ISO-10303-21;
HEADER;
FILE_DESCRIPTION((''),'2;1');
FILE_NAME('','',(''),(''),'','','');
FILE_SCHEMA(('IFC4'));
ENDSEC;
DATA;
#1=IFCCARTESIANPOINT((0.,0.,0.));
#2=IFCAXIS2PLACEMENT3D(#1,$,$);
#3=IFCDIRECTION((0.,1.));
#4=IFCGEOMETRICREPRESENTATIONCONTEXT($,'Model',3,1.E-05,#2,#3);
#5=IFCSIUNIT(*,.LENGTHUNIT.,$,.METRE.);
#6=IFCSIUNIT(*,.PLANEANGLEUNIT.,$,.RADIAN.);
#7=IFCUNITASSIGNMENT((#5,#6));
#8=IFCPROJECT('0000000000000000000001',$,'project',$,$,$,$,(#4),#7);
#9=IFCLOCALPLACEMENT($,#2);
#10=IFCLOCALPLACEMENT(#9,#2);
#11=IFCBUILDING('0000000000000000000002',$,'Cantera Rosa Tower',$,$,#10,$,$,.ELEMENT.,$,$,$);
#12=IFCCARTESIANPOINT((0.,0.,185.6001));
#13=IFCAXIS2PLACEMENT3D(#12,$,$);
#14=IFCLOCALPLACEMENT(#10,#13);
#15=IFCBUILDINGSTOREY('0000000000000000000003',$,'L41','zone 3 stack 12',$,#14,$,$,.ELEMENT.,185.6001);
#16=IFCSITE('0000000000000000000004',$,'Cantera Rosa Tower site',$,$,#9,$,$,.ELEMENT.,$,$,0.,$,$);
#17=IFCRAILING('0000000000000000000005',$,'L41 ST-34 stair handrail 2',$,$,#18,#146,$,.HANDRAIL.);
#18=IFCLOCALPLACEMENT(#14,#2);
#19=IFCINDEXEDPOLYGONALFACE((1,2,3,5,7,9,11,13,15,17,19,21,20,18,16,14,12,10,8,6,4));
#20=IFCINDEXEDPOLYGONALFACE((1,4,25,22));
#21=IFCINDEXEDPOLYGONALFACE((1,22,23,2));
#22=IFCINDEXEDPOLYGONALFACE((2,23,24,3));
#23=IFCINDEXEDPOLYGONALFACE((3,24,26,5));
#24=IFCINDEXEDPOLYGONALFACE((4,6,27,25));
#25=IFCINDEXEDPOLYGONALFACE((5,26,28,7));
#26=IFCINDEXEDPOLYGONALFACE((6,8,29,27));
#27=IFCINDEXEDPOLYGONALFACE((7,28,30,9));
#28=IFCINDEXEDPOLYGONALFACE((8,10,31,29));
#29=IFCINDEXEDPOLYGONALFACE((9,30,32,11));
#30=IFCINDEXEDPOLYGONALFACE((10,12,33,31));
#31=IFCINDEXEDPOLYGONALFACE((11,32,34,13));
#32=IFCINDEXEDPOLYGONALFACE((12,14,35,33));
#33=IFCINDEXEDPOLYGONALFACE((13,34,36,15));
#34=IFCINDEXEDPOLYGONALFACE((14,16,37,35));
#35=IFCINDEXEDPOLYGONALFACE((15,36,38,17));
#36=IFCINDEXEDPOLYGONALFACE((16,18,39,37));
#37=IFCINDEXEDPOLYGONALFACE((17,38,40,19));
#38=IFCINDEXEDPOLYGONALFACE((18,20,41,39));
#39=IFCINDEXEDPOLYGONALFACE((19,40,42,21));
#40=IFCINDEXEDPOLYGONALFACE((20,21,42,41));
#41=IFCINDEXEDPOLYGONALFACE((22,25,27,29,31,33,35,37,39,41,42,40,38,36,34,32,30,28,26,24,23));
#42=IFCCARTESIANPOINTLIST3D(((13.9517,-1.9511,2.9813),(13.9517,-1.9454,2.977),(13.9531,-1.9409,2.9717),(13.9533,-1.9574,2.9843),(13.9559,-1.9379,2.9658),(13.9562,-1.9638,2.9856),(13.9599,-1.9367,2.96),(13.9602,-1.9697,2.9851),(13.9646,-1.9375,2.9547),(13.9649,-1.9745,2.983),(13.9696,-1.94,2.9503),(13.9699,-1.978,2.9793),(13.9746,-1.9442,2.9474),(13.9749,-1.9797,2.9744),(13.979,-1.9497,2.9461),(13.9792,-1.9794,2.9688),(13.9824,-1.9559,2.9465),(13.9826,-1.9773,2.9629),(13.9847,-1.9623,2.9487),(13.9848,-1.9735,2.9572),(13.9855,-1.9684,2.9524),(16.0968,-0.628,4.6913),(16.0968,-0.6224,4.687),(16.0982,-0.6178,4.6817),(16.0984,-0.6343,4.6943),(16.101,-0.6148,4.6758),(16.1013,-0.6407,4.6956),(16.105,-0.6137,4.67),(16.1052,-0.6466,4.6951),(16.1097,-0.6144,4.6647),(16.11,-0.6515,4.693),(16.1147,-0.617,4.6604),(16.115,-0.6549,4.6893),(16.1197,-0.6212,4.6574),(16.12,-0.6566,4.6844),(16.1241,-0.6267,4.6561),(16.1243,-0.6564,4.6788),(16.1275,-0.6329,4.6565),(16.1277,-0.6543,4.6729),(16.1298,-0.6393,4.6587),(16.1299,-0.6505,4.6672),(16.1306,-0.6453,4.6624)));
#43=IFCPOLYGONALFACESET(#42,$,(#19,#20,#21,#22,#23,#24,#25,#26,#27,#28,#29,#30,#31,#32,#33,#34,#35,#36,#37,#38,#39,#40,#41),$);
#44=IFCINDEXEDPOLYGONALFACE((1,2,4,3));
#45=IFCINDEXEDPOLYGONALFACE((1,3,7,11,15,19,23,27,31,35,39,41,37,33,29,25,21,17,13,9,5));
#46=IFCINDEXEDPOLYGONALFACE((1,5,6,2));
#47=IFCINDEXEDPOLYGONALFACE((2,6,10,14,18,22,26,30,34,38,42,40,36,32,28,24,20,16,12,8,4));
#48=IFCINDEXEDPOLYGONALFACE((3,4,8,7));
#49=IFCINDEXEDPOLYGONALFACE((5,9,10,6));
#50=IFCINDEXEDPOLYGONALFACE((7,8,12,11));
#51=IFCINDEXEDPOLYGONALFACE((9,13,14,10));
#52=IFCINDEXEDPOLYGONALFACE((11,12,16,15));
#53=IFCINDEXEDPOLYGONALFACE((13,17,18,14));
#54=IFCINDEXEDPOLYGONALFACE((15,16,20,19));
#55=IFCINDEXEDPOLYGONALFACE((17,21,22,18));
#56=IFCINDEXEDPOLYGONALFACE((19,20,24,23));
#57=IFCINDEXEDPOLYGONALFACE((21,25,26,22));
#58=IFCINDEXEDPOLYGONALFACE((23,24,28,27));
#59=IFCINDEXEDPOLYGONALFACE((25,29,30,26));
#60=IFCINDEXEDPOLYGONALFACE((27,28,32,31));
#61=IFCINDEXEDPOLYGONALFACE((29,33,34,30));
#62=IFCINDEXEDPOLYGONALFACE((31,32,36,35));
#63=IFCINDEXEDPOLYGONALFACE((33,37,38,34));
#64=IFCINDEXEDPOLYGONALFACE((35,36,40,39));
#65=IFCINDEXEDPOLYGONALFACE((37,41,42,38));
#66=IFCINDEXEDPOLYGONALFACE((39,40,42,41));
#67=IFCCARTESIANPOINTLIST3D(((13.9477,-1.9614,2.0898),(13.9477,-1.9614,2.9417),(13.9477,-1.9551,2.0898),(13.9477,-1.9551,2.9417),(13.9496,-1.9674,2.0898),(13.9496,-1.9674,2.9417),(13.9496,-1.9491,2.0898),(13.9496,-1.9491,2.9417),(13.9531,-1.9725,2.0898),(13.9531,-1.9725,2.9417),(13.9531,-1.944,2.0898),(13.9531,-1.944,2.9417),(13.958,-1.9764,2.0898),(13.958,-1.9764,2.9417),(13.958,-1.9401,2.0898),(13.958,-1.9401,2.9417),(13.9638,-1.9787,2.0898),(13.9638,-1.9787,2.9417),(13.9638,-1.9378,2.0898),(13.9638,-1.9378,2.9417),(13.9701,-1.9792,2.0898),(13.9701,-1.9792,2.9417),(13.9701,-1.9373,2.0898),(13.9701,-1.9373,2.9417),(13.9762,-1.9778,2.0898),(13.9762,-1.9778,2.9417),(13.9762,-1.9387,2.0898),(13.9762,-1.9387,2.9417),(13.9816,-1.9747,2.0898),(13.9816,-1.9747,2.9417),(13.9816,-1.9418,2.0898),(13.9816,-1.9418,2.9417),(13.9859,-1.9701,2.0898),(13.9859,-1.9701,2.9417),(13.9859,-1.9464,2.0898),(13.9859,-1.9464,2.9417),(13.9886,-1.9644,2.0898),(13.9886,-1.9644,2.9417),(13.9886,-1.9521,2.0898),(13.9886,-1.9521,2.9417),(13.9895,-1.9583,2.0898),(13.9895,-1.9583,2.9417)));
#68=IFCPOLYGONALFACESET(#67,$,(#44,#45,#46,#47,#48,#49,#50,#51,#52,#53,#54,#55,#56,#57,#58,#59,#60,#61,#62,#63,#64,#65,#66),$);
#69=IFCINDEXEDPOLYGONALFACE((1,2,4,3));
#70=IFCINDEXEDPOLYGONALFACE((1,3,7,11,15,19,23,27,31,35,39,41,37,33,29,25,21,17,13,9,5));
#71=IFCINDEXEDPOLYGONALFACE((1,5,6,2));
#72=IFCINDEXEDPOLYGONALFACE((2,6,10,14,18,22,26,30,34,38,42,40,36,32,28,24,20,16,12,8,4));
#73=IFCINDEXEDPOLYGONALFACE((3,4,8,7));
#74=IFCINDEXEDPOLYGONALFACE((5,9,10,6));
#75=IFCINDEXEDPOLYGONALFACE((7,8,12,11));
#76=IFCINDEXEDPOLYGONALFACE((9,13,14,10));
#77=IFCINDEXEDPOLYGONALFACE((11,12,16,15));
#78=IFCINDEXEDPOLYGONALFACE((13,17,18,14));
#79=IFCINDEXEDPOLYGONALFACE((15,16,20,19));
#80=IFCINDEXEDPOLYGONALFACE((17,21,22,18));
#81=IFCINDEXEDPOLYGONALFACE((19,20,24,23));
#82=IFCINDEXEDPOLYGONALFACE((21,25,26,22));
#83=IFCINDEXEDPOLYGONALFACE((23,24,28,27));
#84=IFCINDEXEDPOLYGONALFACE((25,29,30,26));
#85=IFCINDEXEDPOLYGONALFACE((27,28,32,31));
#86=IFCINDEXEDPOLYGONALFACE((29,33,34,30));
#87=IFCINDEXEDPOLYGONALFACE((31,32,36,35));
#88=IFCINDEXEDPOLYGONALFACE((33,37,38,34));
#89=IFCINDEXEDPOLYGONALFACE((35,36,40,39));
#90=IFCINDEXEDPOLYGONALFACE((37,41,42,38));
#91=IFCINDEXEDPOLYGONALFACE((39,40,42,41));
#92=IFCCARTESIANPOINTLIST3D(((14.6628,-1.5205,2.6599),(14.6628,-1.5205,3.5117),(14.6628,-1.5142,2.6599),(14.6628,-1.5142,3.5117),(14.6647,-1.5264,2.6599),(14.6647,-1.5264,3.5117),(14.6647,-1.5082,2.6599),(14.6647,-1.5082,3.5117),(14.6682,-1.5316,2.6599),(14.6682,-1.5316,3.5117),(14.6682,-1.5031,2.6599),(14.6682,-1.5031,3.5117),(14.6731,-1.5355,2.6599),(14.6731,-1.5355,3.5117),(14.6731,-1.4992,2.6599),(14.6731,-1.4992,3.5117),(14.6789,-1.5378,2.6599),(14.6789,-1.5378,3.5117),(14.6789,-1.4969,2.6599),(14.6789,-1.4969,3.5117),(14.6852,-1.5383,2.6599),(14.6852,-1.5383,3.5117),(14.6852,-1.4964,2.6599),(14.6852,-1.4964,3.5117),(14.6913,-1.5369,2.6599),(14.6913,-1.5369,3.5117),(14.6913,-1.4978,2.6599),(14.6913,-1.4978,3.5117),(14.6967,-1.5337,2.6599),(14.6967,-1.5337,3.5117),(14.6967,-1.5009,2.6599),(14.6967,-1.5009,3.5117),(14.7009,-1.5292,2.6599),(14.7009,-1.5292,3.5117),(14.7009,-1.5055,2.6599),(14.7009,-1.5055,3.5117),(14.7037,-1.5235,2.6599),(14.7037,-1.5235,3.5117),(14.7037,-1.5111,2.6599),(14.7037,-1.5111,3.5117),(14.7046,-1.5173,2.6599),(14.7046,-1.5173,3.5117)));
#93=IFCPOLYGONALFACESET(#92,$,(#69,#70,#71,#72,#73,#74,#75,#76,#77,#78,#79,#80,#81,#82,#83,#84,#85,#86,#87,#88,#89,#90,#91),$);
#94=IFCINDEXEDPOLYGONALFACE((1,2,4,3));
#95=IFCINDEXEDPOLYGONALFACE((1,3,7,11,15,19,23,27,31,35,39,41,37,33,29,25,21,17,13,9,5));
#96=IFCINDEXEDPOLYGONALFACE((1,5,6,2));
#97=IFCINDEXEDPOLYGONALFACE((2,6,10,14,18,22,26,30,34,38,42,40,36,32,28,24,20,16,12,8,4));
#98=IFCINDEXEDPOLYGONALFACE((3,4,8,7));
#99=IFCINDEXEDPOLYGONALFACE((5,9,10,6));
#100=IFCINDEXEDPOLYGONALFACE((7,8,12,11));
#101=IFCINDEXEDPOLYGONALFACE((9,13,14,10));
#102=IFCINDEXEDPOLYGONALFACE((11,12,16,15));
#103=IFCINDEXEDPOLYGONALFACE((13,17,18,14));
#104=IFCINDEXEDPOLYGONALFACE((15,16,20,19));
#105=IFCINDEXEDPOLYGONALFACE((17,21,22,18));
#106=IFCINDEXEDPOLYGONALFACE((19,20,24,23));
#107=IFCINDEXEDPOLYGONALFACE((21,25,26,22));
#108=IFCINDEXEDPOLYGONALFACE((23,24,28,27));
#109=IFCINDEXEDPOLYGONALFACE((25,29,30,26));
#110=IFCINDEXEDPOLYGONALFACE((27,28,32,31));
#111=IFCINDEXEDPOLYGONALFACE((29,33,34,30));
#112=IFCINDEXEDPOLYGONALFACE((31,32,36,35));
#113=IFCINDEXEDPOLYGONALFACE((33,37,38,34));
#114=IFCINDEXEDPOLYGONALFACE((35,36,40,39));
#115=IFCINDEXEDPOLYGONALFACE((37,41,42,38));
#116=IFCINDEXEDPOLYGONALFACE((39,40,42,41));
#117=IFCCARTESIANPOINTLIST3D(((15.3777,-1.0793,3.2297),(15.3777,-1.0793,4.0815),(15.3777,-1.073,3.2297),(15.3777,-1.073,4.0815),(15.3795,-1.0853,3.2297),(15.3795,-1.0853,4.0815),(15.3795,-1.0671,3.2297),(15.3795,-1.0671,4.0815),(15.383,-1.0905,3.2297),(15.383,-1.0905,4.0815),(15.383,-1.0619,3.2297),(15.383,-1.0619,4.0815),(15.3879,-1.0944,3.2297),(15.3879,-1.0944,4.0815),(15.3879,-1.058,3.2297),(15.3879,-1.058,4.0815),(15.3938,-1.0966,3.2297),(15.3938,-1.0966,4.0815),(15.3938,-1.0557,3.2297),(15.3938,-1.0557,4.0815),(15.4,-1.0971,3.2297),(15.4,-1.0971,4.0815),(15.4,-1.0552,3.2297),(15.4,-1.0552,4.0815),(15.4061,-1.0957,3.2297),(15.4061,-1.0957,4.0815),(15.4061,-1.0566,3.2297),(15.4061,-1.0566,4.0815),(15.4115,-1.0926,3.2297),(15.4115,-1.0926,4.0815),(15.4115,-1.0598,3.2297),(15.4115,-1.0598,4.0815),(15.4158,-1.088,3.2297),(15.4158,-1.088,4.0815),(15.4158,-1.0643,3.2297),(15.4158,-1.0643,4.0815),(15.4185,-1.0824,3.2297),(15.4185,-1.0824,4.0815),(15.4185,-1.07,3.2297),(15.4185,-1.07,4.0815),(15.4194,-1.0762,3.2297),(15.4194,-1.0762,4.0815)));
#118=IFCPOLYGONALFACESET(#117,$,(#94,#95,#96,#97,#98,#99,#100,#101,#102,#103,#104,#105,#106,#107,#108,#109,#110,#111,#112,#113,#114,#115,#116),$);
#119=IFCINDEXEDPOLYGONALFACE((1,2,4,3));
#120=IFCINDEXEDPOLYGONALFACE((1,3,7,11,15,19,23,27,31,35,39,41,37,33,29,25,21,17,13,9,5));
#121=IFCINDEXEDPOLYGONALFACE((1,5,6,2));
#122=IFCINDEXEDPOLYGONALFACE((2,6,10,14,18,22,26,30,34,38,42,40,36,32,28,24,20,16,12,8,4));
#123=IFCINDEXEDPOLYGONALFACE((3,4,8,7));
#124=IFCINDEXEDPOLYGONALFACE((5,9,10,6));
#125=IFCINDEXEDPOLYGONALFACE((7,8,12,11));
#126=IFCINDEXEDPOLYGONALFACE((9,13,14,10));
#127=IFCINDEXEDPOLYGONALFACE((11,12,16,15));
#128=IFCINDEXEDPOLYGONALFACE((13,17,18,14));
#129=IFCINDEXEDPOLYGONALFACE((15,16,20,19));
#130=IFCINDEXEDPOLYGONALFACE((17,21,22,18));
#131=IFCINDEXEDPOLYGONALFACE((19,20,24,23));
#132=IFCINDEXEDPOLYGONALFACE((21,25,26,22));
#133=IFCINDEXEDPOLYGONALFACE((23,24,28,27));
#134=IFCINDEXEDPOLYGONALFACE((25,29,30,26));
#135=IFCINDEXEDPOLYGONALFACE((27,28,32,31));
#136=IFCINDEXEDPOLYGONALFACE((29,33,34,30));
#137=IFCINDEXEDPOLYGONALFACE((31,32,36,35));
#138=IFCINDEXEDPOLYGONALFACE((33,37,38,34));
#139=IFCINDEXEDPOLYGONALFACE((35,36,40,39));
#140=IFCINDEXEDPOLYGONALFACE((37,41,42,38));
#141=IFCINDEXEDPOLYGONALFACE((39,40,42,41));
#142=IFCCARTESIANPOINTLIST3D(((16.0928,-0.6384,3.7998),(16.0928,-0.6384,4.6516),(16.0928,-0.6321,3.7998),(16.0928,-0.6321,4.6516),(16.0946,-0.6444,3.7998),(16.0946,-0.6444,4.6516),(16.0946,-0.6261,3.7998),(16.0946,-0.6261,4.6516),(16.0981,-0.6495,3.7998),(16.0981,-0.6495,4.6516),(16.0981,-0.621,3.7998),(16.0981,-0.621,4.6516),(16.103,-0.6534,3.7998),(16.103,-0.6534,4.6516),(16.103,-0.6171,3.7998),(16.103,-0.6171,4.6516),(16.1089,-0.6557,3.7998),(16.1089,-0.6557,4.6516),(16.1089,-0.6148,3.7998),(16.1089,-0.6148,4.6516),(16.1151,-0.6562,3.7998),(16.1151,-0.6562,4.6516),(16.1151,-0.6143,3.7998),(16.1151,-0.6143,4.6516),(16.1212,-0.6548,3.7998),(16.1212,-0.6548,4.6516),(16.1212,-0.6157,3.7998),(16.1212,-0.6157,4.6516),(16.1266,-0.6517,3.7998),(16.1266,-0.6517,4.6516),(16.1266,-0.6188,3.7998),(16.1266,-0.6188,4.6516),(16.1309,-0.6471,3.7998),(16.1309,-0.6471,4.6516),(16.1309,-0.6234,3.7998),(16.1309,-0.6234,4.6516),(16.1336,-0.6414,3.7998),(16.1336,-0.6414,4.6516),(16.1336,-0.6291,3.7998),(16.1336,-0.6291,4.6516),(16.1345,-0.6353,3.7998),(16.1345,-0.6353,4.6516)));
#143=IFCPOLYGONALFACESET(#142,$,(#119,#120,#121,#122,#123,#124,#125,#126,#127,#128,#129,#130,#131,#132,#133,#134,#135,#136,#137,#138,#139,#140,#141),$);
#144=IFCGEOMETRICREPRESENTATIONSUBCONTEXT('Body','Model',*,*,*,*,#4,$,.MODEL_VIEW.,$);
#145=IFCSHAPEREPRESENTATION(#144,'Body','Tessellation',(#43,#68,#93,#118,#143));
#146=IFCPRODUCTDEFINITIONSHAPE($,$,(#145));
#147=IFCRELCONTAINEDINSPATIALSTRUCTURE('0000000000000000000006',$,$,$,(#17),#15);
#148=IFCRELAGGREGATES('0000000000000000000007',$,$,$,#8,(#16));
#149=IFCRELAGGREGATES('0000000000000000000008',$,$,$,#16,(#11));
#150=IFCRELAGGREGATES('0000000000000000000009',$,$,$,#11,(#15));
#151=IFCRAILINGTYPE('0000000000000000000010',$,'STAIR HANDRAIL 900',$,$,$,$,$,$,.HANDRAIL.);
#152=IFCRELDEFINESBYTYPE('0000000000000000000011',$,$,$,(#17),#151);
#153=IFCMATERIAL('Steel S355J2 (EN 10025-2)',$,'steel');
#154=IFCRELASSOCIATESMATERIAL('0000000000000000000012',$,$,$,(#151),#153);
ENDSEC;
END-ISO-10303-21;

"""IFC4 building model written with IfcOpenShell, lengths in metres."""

from ifc_helpers import new_model, si_unit, direction, frame, origin, origin_2d, place, context, subcontext, project, spatial, circle, extrude, material, type_object, element, save


model = new_model("IFC4")

# Units and contexts
model_context = context("Model", 3, precision=1e-05, world=origin(), true_north=direction((0.0, 1.0)))
body_context = subcontext(model_context, "Body", "Model", "MODEL_VIEW")
ifc_project = project(units=[si_unit("LENGTHUNIT", "METRE"), si_unit("PLANEANGLEUNIT", "RADIAN")], contexts=[model_context])

# Site, building, storey
site_placement = place(None, origin())
site = spatial("IfcSite", under=ifc_project, at=site_placement, Name="Cantera Rosa Tower site", CompositionType="ELEMENT", RefElevation=0.0)
building_placement = place(site_placement, origin())
building = spatial("IfcBuilding", under=site, at=building_placement, Name="Cantera Rosa Tower", CompositionType="ELEMENT")
storey_placement = place(building_placement, frame((0.0, 0.0, 185.6001)))
storey = spatial("IfcBuildingStorey", under=building, at=storey_placement, Name="L41", Description="zone 3 stack 12", CompositionType="ELEMENT", Elevation=185.6001)

# Railing
ifc_material_1 = material(Name="Steel S355J2 (EN 10025-2)", Category="steel")
railing_type_1 = type_object("IfcRailingType", Name="STAIR HANDRAIL 900", PredefinedType="HANDRAIL", material=ifc_material_1)
railing_1_placement = place(storey_placement, frame((13.9685, -1.9583, 2.0898)))
element("IfcRailing", 1, at=railing_1_placement, inside=storey, type_object=railing_type_1, Name="L41 ST-34 stair handrail 2", PredefinedType="HANDRAIL", context=body_context, shape_type="SweptSolid", body=[
    extrude(circle(Radius=0.0239, at=origin_2d()), frame((0.0, 0.0, 0.876), z_axis=(0.704312, 0.434403, 0.561461), x_axis=(-0.524957, 0.851129, 0.0)), (0.0, 0.0, 1.0), 3.0457),
    extrude(circle(Radius=0.021, at=origin_2d()), origin(), (0.0, 0.0, 1.0), 0.8518),
    extrude(circle(Radius=0.021, at=origin_2d()), frame((0.7151, 0.4409, 0.5701)), (0.0, 0.0, 1.0), 0.8518),
    extrude(circle(Radius=0.021, at=origin_2d()), frame((1.4299, 0.8821, 1.1399)), (0.0, 0.0, 1.0), 0.8518),
    extrude(circle(Radius=0.021, at=origin_2d()), frame((2.145, 1.323, 1.71)), (0.0, 0.0, 1.0), 0.8518),
])

save(model, "model.ifc")
